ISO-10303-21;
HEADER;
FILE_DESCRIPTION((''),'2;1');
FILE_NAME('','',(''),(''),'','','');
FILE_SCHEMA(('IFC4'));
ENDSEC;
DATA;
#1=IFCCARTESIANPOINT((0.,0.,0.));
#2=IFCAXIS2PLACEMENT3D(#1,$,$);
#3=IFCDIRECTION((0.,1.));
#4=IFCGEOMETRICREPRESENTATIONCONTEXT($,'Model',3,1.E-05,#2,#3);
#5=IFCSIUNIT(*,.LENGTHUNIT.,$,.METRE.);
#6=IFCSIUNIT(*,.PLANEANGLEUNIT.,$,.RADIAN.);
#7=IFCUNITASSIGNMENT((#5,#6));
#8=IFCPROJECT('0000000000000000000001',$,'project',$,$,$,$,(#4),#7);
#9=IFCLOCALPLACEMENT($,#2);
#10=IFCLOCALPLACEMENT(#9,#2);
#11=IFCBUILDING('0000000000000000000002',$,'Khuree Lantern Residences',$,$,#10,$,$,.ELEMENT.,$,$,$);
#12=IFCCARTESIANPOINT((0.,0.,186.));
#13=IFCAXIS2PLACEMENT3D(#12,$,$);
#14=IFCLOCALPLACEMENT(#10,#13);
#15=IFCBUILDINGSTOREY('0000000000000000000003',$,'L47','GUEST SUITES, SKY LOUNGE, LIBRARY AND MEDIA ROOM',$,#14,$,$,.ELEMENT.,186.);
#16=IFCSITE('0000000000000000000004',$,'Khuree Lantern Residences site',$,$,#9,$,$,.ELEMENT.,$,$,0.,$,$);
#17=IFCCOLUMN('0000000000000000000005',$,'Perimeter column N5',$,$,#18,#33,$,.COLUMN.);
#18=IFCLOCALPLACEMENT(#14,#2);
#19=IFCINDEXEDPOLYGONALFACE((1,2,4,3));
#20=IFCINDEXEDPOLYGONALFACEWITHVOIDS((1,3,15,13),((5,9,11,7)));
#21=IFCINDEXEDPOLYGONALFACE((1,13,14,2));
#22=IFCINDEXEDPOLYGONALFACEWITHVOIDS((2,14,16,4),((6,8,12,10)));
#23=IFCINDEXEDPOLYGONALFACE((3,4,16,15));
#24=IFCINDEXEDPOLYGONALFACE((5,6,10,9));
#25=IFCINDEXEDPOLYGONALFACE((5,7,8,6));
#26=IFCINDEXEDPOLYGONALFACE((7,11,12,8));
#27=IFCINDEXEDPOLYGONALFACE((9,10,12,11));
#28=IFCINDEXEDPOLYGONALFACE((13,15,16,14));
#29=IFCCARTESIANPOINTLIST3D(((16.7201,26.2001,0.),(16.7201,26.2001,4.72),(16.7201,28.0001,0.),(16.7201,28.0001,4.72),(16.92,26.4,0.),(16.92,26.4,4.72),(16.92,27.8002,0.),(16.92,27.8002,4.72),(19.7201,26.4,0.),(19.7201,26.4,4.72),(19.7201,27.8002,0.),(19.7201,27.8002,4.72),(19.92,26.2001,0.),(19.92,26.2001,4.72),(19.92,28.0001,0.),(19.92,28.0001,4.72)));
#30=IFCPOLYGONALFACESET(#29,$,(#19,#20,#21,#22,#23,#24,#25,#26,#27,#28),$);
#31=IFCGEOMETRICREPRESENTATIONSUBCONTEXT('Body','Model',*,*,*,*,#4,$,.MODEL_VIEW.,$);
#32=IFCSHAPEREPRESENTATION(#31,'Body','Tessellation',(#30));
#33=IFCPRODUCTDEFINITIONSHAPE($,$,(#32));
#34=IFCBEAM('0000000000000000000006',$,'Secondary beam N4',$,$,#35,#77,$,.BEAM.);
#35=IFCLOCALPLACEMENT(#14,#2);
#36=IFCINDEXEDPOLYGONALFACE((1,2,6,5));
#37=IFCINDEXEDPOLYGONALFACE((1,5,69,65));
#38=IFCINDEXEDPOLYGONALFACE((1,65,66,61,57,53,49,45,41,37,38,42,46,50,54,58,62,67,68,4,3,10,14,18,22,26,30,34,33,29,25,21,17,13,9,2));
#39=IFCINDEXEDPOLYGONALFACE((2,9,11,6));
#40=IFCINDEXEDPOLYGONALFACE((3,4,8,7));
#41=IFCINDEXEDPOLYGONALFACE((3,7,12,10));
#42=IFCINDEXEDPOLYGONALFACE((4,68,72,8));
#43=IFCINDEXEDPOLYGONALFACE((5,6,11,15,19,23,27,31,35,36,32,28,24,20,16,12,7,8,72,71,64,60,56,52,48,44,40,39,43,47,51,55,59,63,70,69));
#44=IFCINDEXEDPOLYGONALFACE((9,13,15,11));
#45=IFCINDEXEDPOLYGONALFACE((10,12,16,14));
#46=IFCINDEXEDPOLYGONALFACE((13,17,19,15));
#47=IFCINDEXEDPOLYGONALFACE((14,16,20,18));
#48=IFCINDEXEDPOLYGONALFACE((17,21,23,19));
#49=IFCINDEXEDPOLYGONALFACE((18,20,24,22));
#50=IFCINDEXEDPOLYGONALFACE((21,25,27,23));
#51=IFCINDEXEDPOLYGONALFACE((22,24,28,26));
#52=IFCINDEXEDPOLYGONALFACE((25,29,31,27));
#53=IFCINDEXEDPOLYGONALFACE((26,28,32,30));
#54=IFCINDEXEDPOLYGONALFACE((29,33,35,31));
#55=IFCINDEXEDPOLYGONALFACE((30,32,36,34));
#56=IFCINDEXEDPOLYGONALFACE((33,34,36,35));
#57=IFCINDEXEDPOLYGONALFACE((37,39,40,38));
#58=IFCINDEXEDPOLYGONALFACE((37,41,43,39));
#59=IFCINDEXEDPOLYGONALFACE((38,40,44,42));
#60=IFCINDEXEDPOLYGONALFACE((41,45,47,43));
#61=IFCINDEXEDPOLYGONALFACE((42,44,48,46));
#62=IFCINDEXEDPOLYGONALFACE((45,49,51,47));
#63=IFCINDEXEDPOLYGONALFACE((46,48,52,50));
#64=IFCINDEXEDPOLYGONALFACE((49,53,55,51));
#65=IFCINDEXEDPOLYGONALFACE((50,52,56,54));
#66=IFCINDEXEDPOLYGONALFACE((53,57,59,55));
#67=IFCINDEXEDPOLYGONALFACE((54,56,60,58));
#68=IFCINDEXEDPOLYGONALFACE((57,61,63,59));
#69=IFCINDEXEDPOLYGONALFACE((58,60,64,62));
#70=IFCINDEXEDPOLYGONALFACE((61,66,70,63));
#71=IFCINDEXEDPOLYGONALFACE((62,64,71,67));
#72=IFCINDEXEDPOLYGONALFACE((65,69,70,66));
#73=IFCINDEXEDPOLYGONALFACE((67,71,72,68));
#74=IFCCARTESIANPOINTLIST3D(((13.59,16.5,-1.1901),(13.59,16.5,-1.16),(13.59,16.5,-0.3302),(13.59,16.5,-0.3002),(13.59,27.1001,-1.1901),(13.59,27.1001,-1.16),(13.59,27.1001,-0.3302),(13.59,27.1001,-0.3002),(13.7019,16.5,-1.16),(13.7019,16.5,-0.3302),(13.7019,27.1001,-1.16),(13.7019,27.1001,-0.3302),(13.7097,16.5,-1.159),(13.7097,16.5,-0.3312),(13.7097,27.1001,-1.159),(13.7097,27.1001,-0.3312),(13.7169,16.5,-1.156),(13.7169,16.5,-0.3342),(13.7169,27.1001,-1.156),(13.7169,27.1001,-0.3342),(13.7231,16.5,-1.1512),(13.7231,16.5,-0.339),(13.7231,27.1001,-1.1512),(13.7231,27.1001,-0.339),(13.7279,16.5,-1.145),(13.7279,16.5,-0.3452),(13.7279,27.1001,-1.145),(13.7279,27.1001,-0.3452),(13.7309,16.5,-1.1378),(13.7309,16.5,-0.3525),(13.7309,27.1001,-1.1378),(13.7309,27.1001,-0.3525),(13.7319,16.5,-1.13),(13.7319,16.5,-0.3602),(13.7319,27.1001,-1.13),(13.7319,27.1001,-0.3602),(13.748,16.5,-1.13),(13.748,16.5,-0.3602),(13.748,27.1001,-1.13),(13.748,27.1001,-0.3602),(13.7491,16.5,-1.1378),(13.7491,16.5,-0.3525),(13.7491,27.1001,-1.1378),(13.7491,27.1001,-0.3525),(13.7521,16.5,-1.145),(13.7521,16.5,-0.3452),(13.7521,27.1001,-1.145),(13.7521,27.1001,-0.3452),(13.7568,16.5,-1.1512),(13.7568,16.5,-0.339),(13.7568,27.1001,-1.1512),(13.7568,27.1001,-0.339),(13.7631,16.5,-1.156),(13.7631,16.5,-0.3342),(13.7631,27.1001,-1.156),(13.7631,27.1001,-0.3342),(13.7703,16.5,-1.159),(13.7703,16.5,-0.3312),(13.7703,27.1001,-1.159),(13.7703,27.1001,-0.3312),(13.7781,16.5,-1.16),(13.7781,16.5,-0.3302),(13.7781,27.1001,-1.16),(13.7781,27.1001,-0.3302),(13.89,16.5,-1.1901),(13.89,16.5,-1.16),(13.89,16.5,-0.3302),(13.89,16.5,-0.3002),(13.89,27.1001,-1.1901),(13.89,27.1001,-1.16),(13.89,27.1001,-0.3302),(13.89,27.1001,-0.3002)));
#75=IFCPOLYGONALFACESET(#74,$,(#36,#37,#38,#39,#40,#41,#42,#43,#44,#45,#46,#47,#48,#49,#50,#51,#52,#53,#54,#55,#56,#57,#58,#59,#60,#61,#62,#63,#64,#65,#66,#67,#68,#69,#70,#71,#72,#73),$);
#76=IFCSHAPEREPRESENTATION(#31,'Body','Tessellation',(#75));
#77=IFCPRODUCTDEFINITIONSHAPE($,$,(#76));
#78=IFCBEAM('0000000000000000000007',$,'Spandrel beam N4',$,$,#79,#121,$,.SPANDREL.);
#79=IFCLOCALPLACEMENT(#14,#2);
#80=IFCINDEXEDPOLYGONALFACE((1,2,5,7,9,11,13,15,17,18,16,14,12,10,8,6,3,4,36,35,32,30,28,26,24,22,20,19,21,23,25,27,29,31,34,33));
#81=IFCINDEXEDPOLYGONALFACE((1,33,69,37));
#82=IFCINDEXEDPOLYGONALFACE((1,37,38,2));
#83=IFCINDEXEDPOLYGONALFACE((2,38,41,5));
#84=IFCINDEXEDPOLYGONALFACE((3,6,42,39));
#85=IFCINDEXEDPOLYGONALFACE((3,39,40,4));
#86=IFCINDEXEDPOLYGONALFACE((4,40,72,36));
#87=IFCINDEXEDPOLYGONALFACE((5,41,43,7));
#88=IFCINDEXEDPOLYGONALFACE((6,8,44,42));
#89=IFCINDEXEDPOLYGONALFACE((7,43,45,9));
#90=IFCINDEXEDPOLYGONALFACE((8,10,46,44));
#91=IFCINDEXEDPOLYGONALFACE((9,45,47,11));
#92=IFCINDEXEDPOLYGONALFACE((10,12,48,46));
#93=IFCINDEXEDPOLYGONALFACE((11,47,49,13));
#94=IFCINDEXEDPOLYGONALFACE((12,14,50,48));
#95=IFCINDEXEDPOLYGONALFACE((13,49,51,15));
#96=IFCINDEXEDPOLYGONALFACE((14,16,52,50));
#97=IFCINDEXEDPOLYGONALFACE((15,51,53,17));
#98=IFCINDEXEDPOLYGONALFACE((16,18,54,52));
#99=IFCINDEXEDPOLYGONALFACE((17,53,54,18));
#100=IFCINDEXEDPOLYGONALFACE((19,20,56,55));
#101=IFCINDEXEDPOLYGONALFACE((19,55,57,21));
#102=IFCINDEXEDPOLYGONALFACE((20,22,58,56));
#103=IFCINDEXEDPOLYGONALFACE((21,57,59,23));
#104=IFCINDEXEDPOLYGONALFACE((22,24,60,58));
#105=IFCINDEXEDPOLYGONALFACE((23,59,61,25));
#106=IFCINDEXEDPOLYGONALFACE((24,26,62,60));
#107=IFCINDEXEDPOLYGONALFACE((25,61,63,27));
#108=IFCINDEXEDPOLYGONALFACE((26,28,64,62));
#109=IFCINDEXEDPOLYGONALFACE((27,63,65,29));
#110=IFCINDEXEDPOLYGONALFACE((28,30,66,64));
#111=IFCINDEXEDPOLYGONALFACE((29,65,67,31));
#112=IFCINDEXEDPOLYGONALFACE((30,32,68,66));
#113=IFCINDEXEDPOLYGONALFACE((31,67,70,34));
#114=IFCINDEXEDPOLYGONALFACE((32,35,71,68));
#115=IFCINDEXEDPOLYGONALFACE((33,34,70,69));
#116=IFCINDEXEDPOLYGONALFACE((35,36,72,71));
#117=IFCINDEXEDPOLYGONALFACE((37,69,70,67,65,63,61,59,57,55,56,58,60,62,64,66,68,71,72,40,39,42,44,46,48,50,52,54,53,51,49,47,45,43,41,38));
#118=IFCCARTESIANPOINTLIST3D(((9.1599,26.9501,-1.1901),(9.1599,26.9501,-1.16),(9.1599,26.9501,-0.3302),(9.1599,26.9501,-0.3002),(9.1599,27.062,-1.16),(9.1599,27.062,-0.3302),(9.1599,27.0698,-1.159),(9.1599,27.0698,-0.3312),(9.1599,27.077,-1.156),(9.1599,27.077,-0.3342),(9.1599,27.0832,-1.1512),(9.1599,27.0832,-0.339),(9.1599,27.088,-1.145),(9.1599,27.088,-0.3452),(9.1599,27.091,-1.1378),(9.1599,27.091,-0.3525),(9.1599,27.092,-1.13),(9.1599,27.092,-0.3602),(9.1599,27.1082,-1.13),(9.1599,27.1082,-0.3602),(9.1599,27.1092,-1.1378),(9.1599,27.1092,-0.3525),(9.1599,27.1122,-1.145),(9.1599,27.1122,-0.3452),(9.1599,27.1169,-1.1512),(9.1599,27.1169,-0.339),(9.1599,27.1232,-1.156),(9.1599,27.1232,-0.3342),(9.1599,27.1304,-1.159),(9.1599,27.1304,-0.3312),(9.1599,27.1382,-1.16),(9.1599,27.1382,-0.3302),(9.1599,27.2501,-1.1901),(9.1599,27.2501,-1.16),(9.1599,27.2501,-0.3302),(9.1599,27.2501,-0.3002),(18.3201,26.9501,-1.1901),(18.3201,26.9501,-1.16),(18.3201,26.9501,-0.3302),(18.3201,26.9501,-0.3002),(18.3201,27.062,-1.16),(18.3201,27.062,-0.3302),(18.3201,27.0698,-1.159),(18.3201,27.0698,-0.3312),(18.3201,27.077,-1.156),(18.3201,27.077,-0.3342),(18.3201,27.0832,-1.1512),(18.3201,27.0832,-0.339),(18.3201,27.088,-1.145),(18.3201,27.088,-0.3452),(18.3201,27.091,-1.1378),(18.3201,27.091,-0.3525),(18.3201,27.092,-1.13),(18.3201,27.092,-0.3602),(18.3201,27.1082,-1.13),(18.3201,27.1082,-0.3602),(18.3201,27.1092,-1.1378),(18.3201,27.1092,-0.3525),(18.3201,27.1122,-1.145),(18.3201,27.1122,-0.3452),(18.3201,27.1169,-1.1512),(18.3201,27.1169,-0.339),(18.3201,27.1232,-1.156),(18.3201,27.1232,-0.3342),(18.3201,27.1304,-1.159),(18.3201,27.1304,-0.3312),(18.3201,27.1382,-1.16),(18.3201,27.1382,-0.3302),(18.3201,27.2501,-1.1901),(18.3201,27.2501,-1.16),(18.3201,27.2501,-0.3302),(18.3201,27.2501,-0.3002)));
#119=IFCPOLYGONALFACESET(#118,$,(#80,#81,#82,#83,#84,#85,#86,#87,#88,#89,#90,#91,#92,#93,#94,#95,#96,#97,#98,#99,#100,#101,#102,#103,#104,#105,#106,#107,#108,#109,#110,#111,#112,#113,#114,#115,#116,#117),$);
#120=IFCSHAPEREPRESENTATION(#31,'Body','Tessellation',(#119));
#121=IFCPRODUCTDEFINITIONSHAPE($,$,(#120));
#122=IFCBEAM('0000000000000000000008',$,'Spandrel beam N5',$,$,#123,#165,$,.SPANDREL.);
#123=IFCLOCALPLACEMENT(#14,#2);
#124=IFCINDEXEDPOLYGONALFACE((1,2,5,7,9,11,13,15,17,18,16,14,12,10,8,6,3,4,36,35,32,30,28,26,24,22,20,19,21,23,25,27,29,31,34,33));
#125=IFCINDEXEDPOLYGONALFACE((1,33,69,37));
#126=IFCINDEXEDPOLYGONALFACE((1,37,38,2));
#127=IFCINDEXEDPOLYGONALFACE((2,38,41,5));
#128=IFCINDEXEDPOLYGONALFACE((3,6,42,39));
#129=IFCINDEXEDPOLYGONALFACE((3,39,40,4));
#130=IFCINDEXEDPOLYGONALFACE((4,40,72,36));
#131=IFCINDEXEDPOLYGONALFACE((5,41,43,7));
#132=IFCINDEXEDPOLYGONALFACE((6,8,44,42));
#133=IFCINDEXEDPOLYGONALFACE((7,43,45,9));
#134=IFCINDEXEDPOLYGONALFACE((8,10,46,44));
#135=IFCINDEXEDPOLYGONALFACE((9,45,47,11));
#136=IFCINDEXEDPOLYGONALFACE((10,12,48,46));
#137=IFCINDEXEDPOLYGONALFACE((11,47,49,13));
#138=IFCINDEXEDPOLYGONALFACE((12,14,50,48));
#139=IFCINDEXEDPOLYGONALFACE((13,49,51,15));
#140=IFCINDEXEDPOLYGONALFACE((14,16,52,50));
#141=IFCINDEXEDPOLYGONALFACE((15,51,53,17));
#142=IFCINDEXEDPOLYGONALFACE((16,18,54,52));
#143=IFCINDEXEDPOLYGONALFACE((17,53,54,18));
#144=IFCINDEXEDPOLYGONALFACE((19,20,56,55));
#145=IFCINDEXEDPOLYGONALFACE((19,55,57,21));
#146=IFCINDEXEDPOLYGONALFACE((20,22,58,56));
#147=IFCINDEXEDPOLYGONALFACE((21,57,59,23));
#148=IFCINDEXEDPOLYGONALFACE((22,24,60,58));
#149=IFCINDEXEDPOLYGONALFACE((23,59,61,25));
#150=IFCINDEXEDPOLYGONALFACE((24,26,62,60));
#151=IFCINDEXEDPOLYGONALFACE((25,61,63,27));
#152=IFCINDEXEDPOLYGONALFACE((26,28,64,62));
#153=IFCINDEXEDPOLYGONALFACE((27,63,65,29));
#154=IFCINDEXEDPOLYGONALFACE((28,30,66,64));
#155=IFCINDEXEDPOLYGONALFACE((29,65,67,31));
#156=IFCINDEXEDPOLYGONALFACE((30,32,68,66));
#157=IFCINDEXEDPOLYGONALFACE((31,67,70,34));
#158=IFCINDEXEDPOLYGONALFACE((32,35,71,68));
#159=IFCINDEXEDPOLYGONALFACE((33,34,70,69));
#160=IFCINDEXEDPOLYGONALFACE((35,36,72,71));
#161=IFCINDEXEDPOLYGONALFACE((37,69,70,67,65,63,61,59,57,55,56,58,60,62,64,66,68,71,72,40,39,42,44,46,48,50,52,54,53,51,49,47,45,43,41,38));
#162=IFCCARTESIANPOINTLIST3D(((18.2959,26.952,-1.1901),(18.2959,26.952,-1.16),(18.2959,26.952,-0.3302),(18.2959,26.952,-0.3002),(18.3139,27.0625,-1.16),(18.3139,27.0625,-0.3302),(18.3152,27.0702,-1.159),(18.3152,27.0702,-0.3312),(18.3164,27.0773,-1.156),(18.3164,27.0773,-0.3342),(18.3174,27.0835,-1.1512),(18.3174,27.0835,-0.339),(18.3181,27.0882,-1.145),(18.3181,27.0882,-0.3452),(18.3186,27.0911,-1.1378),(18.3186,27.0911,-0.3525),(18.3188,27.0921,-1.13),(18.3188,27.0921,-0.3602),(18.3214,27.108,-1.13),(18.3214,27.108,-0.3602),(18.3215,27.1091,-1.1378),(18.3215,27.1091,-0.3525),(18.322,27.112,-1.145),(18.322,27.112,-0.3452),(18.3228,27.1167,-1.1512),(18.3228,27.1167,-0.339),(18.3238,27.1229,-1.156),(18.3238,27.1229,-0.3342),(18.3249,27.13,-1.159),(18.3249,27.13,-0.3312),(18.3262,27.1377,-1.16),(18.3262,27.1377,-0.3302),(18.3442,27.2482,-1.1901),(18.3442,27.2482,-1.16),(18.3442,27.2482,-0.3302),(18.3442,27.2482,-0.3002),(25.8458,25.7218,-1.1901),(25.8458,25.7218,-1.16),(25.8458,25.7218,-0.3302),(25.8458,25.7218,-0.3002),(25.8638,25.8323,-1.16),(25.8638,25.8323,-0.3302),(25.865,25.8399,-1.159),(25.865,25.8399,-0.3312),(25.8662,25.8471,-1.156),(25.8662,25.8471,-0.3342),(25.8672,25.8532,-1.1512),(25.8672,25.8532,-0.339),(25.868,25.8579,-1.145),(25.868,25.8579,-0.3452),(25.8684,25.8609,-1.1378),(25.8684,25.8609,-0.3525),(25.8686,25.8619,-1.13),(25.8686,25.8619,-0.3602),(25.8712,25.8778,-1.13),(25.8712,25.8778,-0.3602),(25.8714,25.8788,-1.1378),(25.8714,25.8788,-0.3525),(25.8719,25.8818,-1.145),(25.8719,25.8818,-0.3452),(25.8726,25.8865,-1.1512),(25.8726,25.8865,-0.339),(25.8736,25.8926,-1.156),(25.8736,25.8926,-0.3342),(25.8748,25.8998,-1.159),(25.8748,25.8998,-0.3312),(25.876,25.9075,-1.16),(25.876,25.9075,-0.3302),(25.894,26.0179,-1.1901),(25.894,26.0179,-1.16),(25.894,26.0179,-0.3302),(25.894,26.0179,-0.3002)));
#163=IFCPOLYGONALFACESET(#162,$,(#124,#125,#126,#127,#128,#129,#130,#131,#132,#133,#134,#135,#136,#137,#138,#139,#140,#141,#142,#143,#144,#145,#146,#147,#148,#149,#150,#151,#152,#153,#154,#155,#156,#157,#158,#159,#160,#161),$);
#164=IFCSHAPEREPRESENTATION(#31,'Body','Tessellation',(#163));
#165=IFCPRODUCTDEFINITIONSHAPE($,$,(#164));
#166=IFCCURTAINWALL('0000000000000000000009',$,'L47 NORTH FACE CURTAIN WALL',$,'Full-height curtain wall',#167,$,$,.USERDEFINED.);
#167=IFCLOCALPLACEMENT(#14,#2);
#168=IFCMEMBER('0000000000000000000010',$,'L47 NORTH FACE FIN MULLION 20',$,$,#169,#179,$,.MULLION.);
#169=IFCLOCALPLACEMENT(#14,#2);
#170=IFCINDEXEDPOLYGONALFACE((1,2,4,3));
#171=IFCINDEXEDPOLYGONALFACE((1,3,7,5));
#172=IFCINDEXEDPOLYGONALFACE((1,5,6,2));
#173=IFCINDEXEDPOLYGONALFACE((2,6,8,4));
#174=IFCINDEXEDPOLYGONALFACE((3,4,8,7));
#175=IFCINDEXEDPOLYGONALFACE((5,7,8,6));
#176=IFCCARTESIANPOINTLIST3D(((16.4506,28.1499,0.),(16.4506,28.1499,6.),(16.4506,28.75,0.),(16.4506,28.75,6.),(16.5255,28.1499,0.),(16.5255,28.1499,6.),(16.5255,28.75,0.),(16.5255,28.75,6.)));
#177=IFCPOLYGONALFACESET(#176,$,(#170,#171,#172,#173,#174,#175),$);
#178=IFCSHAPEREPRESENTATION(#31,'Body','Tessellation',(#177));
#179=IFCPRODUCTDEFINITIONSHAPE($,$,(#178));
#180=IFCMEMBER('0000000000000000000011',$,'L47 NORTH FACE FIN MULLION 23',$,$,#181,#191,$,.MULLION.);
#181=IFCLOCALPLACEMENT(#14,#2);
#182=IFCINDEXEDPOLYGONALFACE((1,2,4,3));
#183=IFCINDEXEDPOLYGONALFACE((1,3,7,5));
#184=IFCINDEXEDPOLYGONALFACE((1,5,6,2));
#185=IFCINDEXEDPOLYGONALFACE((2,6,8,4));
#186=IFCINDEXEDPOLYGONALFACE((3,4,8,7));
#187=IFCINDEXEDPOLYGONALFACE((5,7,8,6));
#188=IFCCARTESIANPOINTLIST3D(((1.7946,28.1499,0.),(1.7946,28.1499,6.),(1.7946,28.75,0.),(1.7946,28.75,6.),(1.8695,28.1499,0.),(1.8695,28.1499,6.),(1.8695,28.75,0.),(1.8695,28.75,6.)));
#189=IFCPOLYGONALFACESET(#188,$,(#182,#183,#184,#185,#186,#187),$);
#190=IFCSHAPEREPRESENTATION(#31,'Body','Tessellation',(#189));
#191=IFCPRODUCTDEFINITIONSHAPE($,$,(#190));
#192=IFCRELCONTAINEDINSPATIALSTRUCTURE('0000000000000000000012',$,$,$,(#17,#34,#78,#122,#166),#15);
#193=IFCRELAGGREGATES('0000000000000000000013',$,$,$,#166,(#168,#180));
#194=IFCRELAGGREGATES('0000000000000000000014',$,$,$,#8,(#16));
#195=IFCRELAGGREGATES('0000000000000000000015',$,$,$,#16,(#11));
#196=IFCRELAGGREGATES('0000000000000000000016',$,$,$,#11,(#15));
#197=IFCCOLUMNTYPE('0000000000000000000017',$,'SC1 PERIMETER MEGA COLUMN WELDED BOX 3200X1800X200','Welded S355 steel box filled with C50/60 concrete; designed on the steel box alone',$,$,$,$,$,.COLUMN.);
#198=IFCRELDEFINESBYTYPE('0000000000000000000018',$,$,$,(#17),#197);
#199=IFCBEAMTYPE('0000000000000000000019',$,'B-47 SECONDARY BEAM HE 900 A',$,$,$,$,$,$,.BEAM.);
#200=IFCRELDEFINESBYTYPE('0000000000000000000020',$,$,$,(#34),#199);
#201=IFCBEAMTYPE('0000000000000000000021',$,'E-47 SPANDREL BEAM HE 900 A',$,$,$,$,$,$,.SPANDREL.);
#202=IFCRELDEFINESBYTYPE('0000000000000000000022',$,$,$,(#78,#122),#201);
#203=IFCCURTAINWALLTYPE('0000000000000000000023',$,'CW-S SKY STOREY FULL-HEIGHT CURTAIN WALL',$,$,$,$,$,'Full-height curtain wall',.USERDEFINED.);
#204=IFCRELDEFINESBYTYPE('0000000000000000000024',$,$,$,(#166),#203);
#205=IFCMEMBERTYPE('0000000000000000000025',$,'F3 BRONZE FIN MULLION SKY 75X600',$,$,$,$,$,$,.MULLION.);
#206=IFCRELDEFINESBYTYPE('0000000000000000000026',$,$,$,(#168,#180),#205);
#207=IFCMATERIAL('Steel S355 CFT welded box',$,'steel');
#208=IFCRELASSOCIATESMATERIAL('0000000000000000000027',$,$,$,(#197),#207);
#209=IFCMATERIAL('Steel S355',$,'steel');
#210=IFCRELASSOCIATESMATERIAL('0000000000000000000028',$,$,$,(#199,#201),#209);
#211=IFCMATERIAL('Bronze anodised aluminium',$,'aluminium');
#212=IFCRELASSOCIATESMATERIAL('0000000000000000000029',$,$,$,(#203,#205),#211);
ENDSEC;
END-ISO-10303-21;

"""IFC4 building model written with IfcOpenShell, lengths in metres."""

from ifc_helpers import new_model, si_unit, direction, frame, origin, origin_2d, place, context, subcontext, project, spatial, rectangle, hollow_rectangle, i_section, extrude, material, material_profile, profile_set, type_object, element, aggregate, save


model = new_model("IFC4")

# Units and contexts
model_context = context("Model", 3, precision=1e-05, world=origin(), true_north=direction((0.0, 1.0)))
body_context = subcontext(model_context, "Body", "Model", "MODEL_VIEW")
ifc_project = project(units=[si_unit("LENGTHUNIT", "METRE"), si_unit("PLANEANGLEUNIT", "RADIAN")], contexts=[model_context])

# Site, building, storey
site_placement = place(None, origin())
site = spatial("IfcSite", under=ifc_project, at=site_placement, Name="Khuree Lantern Residences site", CompositionType="ELEMENT", RefElevation=0.0)
building_placement = place(site_placement, origin())
building = spatial("IfcBuilding", under=site, at=building_placement, Name="Khuree Lantern Residences", CompositionType="ELEMENT")
storey_placement = place(building_placement, frame((0.0, 0.0, 186.0)))
storey = spatial("IfcBuildingStorey", under=building, at=storey_placement, Name="L47", Description="GUEST SUITES, SKY LOUNGE, LIBRARY AND MEDIA ROOM", CompositionType="ELEMENT", Elevation=186.0)

# Column
ifc_material_1 = material(Name="Steel S355 CFT welded box", Category="steel")
ifc_material_profile_1 = material_profile(ifc_material_1, hollow_rectangle(XDim=3.2, YDim=1.8, WallThickness=0.2, at=origin_2d()), Name="WELDED BOX 3200X1800X200")
ifc_profile_set_1 = profile_set([ifc_material_profile_1], Name="Steel S355 CFT welded box")
column_type = type_object("IfcColumnType", Name="SC1 PERIMETER MEGA COLUMN WELDED BOX 3200X1800X200", Description="Welded S355 steel box filled with C50/60 concrete; designed on the steel box alone", PredefinedType="COLUMN", material=ifc_profile_set_1)
column_placement = place(storey_placement, frame((18.3201, 27.1001, 0.0), z_axis=(0.0, 0.0, 1.0), x_axis=(1.0, 0.0, 0.0)))
element("IfcColumn", 1, at=column_placement, inside=storey, type_object=column_type, Name="Perimeter column N5", PredefinedType="COLUMN", context=body_context, shape_type="SweptSolid", body=[
    extrude(hollow_rectangle(XDim=3.2, YDim=1.8, WallThickness=0.2, at=origin_2d()), origin(), (0.0, 0.0, 1.0), 4.72),
])

# Beams
ifc_material_2 = material(Name="Steel S355", Category="steel")
ifc_material_profile_2 = material_profile(ifc_material_2, i_section(OverallWidth=0.3, OverallDepth=0.8899, WebThickness=0.0161, FlangeThickness=0.03, FilletRadius=0.03, at=origin_2d()), Name="HE 900 A")
ifc_profile_set_2 = profile_set([ifc_material_profile_2], Name="Steel S355")
beam_type_1 = type_object("IfcBeamType", Name="B-47 SECONDARY BEAM HE 900 A", PredefinedType="BEAM", material=ifc_profile_set_2)
beam_1_placement = place(storey_placement, frame((13.74, 27.1001, -0.7451), z_axis=(0.0, -1.0, 0.0), x_axis=(1.0, 0.0, 0.0)))
element("IfcBeam", 2, at=beam_1_placement, inside=storey, type_object=beam_type_1, Name="Secondary beam N4", PredefinedType="BEAM", context=body_context, shape_type="SweptSolid", body=[
    extrude(i_section(OverallWidth=0.3, OverallDepth=0.8899, WebThickness=0.0161, FlangeThickness=0.03, FilletRadius=0.03, at=origin_2d()), origin(), (0.0, 0.0, 1.0), 10.6001),
])
ifc_material_profile_3 = material_profile(ifc_material_2, i_section(OverallWidth=0.3, OverallDepth=0.8899, WebThickness=0.0161, FlangeThickness=0.03, FilletRadius=0.03, at=origin_2d()), Name="HE 900 A")
ifc_profile_set_3 = profile_set([ifc_material_profile_3], Name="Steel S355")
beam_type_2 = type_object("IfcBeamType", Name="E-47 SPANDREL BEAM HE 900 A", PredefinedType="SPANDREL", material=ifc_profile_set_3)
beam_2_placement = place(storey_placement, frame((9.1599, 27.1001, -0.7451), z_axis=(1.0, 0.0, 0.0), x_axis=(0.0, 1.0, 0.0)))
element("IfcBeam", 3, at=beam_2_placement, inside=storey, type_object=beam_type_2, Name="Spandrel beam N4", PredefinedType="SPANDREL", context=body_context, shape_type="SweptSolid", body=[
    extrude(i_section(OverallWidth=0.3, OverallDepth=0.8899, WebThickness=0.0161, FlangeThickness=0.03, FilletRadius=0.03, at=origin_2d()), origin(), (0.0, 0.0, 1.0), 9.1602),
])
beam_3_placement = place(storey_placement, frame((18.3201, 27.1001, -0.7451), z_axis=(0.986983, -0.160827, 0.0), x_axis=(0.160827, 0.986983, 0.0)))
element("IfcBeam", 4, at=beam_3_placement, inside=storey, type_object=beam_type_2, Name="Spandrel beam N5", PredefinedType="SPANDREL", context=body_context, shape_type="SweptSolid", body=[
    extrude(i_section(OverallWidth=0.3, OverallDepth=0.8899, WebThickness=0.0161, FlangeThickness=0.03, FilletRadius=0.03, at=origin_2d()), origin(), (0.0, 0.0, 1.0), 7.6494),
])

# Curtain wall, members
ifc_material_3 = material(Name="Bronze anodised aluminium", Category="aluminium")
curtain_wall_type = type_object("IfcCurtainWallType", Name="CW-S SKY STOREY FULL-HEIGHT CURTAIN WALL", ElementType="Full-height curtain wall", PredefinedType="USERDEFINED", material=ifc_material_3)
curtain_wall_placement = place(storey_placement, origin())
curtain_wall = element("IfcCurtainWall", 5, at=curtain_wall_placement, inside=storey, type_object=curtain_wall_type, Name="L47 NORTH FACE CURTAIN WALL", ObjectType="Full-height curtain wall", PredefinedType="USERDEFINED")
ifc_material_profile_4 = material_profile(ifc_material_3, rectangle(XDim=0.075, YDim=0.6001, at=origin_2d()), Name="F3 75X600")
ifc_profile_set_4 = profile_set([ifc_material_profile_4], Name="Bronze anodised aluminium")
member_type_1 = type_object("IfcMemberType", Name="F3 BRONZE FIN MULLION SKY 75X600", PredefinedType="MULLION", material=ifc_profile_set_4)
member_1_placement = place(storey_placement, frame((16.488, 28.45, 0.0), z_axis=(0.0, 0.0, 1.0), x_axis=(-1.0, 0.0, 0.0)))
member_1 = element("IfcMember", 6, at=member_1_placement, type_object=member_type_1, Name="L47 NORTH FACE FIN MULLION 20", PredefinedType="MULLION", context=body_context, shape_type="SweptSolid", body=[
    extrude(rectangle(XDim=0.075, YDim=0.6001, at=origin_2d()), origin(), (0.0, 0.0, 1.0), 6.0),
])
member_2_placement = place(storey_placement, frame((1.832, 28.45, 0.0), z_axis=(0.0, 0.0, 1.0), x_axis=(-1.0, 0.0, 0.0)))
member_2 = element("IfcMember", 7, at=member_2_placement, type_object=member_type_1, Name="L47 NORTH FACE FIN MULLION 23", PredefinedType="MULLION", context=body_context, shape_type="SweptSolid", body=[
    extrude(rectangle(XDim=0.075, YDim=0.6001, at=origin_2d()), origin(), (0.0, 0.0, 1.0), 6.0),
])

aggregate(curtain_wall, [member_1, member_2])

save(model, "model.ifc")
